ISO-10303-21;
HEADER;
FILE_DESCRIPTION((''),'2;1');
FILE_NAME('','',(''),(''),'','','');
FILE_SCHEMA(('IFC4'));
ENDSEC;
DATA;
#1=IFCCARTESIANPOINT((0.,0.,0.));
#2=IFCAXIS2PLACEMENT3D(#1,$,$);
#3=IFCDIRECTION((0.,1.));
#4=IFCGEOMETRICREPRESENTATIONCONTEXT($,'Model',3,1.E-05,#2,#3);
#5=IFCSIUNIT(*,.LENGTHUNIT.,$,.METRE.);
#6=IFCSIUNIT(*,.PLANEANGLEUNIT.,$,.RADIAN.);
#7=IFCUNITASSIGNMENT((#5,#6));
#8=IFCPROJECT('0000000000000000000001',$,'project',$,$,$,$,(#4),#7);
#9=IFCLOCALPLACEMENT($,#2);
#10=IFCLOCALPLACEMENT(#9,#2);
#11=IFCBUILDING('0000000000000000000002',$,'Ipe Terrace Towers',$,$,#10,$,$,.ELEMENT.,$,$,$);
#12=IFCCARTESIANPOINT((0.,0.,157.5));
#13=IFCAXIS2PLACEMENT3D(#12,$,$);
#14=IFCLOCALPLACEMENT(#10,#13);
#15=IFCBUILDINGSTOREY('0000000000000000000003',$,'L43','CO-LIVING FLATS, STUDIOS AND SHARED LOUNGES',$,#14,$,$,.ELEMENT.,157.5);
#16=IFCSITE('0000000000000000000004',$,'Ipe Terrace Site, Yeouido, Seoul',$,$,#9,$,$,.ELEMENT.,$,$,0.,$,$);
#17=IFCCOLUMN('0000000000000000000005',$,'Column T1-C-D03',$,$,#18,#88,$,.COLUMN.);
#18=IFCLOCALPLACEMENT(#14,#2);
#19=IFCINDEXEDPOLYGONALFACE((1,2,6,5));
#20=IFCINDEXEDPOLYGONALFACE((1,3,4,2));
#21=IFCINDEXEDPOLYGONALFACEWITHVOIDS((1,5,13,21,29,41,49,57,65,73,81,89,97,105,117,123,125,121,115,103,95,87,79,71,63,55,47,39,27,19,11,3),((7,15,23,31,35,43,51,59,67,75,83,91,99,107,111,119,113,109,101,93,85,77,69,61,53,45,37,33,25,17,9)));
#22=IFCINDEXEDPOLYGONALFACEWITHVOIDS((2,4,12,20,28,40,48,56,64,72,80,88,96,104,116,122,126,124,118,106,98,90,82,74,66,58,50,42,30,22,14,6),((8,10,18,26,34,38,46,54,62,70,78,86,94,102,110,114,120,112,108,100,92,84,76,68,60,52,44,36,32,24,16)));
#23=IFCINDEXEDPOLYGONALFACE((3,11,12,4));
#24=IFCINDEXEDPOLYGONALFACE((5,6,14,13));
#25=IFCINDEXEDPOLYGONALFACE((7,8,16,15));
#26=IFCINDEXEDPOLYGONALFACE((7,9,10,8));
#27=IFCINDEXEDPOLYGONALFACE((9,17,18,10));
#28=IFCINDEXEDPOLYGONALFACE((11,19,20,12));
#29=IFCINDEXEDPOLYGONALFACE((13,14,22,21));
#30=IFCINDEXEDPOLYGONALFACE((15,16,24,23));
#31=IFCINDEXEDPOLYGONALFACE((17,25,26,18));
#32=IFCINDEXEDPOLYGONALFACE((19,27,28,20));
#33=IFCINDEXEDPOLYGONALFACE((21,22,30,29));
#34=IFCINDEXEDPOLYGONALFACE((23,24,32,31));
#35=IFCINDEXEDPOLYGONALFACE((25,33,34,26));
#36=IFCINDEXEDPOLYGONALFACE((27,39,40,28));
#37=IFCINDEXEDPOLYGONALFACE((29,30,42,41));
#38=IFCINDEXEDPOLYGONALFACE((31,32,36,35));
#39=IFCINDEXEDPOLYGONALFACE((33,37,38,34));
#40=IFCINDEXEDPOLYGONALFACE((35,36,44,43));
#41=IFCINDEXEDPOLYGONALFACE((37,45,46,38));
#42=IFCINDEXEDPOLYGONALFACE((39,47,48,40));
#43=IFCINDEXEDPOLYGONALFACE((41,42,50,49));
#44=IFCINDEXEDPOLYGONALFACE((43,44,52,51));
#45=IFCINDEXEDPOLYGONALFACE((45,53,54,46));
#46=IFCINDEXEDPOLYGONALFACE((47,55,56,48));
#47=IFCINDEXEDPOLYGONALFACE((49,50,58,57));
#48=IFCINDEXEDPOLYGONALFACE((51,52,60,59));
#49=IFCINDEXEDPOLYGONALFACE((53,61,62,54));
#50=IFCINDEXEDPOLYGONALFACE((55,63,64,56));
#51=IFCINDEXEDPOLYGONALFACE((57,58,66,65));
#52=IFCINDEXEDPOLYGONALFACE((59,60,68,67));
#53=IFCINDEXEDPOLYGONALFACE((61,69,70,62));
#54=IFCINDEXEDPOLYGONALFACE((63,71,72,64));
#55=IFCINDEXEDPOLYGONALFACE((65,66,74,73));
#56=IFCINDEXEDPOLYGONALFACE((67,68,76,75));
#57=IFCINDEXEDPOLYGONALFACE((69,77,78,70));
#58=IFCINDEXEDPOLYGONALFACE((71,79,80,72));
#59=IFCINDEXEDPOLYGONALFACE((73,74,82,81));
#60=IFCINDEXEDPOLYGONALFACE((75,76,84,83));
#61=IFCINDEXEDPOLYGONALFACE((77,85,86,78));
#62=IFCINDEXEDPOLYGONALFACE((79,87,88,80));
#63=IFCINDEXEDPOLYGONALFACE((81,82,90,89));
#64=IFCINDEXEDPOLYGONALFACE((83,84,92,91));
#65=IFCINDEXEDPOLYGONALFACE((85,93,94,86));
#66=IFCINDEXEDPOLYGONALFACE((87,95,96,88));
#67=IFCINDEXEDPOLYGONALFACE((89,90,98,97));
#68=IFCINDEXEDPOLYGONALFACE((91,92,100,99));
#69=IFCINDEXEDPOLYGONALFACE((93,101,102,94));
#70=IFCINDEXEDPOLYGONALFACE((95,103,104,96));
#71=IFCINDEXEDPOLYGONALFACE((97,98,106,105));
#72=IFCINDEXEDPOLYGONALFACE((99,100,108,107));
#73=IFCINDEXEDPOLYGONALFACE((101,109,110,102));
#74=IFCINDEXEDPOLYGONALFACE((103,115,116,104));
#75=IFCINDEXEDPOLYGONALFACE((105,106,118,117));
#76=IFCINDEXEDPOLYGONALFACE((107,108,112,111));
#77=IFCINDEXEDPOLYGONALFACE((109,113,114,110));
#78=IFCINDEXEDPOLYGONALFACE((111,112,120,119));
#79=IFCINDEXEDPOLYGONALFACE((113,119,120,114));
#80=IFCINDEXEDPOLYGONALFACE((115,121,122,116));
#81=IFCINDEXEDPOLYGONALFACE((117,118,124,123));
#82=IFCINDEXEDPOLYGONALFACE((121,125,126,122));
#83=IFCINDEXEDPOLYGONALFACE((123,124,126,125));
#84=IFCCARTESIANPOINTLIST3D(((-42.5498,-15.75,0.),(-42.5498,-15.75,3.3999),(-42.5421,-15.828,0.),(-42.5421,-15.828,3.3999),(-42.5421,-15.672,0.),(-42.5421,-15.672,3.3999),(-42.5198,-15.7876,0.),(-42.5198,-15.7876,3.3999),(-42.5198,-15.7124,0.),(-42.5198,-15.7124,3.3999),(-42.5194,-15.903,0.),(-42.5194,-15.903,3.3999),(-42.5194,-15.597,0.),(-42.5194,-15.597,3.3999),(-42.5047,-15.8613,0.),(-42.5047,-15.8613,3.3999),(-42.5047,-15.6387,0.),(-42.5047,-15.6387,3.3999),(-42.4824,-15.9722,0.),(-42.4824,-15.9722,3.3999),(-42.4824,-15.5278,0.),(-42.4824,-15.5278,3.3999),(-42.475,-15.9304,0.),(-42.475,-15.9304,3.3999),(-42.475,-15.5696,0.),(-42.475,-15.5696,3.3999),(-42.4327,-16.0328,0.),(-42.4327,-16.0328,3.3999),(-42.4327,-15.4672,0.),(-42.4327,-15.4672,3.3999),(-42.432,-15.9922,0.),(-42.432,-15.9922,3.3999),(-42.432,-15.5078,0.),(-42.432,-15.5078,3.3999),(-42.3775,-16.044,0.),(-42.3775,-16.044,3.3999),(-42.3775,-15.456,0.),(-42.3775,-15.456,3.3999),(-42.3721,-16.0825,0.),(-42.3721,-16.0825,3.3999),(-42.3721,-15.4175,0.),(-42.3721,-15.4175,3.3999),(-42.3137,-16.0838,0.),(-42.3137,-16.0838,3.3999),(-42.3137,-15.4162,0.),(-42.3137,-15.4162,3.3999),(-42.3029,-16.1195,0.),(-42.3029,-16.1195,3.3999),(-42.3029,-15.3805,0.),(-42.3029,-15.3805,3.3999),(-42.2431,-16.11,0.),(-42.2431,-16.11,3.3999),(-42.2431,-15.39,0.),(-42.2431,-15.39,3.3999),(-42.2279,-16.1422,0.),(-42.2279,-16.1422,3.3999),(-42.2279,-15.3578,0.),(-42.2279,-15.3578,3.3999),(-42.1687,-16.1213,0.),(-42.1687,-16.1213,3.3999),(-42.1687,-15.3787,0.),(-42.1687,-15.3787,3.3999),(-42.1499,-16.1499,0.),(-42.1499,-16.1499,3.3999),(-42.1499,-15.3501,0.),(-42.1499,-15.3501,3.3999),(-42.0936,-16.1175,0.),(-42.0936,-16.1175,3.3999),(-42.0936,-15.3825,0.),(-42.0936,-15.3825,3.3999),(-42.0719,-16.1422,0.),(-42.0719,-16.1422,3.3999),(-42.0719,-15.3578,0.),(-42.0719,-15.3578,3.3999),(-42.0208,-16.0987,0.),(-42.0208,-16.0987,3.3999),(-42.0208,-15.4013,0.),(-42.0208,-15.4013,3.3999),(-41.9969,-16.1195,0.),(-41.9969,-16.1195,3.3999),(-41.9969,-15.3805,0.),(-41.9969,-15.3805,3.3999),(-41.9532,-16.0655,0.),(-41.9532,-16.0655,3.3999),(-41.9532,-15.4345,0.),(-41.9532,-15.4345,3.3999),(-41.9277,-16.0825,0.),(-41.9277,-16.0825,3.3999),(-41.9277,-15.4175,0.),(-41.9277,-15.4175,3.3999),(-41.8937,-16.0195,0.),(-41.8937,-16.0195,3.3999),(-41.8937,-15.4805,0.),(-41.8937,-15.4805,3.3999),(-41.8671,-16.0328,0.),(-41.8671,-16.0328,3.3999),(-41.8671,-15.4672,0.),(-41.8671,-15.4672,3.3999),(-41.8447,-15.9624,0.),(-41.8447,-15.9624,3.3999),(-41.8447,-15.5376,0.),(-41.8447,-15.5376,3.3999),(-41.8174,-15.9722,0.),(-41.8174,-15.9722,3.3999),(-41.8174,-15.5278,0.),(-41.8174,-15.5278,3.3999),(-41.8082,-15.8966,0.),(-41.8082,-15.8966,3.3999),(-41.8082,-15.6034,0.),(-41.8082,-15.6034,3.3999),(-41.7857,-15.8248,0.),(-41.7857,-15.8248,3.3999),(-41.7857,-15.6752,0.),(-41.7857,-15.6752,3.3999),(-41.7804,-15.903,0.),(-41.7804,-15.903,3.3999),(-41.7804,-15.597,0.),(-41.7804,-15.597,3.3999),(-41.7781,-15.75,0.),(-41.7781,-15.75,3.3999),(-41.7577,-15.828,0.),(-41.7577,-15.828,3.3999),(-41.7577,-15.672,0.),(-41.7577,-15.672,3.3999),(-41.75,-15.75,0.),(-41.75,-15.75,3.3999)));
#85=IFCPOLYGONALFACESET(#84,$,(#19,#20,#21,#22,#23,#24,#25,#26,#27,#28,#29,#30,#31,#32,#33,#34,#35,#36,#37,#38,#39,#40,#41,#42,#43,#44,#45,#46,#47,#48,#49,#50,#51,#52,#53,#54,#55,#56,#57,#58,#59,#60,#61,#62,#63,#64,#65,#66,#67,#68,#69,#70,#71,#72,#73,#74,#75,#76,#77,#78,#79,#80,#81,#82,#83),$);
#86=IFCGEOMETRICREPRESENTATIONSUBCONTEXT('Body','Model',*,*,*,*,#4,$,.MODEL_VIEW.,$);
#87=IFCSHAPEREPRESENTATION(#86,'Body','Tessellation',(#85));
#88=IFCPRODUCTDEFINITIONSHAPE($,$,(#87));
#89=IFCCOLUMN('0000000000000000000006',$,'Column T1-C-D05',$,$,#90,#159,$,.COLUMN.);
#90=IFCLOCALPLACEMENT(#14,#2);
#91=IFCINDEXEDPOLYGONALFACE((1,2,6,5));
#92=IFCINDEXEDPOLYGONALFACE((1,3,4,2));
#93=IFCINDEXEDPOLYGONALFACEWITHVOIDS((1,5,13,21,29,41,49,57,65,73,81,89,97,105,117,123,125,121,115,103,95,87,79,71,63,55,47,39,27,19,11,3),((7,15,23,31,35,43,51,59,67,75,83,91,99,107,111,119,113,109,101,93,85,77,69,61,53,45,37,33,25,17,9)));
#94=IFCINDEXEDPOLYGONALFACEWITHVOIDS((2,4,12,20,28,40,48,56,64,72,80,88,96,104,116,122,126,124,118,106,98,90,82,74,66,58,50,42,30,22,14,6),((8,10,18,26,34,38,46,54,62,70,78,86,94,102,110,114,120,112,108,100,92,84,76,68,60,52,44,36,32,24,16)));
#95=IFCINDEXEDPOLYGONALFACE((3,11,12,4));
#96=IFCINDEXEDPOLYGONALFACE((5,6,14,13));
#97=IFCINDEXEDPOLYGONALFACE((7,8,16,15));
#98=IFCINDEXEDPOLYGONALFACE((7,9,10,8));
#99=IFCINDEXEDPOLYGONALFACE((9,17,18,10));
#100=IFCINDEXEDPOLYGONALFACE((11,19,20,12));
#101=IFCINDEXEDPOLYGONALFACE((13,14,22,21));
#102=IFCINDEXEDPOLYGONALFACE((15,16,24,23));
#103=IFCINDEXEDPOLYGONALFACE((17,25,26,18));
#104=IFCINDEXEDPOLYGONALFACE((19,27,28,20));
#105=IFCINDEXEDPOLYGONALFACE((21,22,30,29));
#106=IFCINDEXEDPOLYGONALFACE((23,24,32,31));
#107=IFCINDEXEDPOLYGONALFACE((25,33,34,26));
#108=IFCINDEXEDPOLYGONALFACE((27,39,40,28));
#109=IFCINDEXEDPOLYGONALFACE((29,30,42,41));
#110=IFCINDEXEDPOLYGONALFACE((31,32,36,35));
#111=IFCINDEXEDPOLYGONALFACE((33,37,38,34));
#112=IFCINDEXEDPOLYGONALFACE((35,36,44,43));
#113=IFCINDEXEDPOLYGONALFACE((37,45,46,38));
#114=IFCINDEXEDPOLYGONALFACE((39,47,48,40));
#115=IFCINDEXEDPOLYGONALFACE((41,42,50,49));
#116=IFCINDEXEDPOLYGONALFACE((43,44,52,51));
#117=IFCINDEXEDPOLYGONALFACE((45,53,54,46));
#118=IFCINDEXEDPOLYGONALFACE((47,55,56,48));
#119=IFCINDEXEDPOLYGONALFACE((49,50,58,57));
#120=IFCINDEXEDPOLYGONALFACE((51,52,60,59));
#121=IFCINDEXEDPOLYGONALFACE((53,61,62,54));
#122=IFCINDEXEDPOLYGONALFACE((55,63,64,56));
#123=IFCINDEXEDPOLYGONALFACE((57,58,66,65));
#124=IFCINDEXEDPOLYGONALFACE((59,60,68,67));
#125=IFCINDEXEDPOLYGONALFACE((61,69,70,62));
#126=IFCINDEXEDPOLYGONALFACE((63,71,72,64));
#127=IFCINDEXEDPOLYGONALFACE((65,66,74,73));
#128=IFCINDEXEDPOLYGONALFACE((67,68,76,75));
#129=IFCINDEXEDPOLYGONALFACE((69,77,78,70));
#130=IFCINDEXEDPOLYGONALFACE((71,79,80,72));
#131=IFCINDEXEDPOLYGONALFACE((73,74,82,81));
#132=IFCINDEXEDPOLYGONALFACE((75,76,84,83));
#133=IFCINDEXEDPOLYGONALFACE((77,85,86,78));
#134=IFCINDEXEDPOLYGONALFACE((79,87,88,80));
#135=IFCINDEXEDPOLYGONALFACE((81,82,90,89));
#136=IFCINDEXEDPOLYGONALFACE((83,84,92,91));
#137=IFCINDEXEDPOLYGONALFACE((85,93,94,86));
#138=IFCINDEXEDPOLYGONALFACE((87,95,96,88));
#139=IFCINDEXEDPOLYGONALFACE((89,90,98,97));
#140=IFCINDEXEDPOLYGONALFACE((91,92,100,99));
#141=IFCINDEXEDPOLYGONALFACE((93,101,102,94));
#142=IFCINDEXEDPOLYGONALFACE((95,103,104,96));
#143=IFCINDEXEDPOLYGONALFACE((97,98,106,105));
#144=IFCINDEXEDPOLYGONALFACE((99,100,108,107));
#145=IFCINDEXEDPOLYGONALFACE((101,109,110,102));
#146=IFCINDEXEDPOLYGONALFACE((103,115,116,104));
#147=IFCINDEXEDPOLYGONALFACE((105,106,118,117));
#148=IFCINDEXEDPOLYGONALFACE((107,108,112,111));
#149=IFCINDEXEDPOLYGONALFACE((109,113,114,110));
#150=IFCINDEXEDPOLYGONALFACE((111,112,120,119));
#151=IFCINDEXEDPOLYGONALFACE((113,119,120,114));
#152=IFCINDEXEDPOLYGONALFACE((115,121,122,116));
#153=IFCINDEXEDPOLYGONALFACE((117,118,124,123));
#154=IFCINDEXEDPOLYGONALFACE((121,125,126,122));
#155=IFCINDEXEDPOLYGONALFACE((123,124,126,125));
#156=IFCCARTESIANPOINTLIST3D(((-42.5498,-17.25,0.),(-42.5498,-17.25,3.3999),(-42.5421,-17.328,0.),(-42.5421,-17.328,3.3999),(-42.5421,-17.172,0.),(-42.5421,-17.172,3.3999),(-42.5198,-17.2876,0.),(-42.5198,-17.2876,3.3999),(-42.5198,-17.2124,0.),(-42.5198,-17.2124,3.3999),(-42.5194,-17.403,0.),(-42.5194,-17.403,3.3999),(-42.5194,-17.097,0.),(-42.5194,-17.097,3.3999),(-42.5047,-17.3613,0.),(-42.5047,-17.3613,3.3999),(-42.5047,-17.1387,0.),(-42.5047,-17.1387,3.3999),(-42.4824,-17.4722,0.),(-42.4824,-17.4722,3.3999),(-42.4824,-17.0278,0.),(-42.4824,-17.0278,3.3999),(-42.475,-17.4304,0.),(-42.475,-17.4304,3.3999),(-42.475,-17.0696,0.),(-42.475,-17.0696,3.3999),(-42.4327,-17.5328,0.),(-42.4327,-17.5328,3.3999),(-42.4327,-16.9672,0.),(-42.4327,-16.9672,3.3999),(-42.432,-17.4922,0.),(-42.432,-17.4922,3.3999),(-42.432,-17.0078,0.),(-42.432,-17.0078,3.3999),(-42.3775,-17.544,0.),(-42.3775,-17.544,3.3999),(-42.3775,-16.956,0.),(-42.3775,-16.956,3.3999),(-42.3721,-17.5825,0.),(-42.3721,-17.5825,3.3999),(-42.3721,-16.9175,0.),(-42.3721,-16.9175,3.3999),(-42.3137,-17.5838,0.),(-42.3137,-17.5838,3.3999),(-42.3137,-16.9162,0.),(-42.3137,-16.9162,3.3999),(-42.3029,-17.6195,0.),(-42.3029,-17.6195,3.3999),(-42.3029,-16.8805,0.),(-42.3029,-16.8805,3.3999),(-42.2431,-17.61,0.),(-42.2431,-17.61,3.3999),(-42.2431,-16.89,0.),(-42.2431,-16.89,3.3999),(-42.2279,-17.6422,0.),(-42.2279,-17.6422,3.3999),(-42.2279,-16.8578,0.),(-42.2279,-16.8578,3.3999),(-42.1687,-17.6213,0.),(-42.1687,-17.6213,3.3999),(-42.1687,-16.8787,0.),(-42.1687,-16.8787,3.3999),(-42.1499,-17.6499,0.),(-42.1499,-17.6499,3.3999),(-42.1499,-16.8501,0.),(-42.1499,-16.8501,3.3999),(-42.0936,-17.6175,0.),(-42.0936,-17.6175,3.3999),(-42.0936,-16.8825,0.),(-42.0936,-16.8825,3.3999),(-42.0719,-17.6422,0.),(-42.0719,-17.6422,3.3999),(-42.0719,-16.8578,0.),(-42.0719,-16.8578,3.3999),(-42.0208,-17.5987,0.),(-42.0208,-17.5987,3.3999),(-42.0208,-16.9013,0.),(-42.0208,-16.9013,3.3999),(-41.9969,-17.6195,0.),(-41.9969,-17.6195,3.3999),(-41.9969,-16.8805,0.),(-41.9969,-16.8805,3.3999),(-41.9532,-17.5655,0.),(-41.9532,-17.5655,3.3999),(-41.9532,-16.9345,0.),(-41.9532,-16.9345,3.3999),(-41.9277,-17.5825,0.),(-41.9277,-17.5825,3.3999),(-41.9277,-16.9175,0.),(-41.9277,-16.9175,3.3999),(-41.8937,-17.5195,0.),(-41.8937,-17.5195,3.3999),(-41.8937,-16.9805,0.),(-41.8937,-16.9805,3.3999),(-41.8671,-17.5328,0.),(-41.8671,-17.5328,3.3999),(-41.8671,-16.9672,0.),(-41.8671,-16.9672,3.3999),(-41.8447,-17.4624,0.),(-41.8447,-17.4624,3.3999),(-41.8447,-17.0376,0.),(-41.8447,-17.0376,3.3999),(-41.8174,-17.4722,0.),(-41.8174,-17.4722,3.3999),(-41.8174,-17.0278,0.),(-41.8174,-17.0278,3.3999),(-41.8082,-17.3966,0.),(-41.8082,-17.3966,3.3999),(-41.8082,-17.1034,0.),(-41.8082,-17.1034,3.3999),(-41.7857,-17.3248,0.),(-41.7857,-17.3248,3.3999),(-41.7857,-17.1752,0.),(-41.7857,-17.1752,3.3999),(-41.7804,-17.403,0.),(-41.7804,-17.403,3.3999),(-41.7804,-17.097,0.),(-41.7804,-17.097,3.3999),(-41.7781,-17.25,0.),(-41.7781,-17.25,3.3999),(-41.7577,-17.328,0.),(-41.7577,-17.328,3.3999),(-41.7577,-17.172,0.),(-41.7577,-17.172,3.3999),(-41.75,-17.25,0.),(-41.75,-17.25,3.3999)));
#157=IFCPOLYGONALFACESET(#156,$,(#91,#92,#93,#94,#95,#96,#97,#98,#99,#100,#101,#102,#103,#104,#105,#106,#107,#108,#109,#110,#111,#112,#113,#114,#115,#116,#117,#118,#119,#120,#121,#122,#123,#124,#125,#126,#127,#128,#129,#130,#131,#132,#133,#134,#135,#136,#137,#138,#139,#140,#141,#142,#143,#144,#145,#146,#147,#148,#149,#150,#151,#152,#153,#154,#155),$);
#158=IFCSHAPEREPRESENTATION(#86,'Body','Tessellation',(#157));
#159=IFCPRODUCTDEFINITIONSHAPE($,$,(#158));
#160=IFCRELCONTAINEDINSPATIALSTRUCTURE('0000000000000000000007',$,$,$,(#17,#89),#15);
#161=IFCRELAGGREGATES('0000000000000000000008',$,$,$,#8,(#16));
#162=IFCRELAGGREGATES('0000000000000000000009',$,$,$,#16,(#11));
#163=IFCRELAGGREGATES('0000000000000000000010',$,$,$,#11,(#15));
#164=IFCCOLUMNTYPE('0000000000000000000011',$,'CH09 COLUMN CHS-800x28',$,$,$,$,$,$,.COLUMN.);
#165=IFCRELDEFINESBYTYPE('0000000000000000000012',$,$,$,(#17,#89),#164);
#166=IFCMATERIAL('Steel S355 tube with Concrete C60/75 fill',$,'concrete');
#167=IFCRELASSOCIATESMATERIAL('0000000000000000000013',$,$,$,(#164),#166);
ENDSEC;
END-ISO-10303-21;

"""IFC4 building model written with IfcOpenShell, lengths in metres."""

from ifc_helpers import new_model, si_unit, direction, frame, origin, origin_2d, place, context, subcontext, project, spatial, hollow_circle, extrude, material, material_profile, profile_set, type_object, element, save


model = new_model("IFC4")

# Units and contexts
model_context = context("Model", 3, precision=1e-05, world=origin(), true_north=direction((0.0, 1.0)))
body_context = subcontext(model_context, "Body", "Model", "MODEL_VIEW")
ifc_project = project(units=[si_unit("LENGTHUNIT", "METRE"), si_unit("PLANEANGLEUNIT", "RADIAN")], contexts=[model_context])

# Site, building, storey
site_placement = place(None, origin())
site = spatial("IfcSite", under=ifc_project, at=site_placement, Name="Ipe Terrace Site, Yeouido, Seoul", CompositionType="ELEMENT", RefElevation=0.0)
building_placement = place(site_placement, origin())
building = spatial("IfcBuilding", under=site, at=building_placement, Name="Ipe Terrace Towers", CompositionType="ELEMENT")
storey_placement = place(building_placement, frame((0.0, 0.0, 157.5)))
storey = spatial("IfcBuildingStorey", under=building, at=storey_placement, Name="L43", Description="CO-LIVING FLATS, STUDIOS AND SHARED LOUNGES", CompositionType="ELEMENT", Elevation=157.5)

# Columns
ifc_material_1 = material(Name="Steel S355 tube with Concrete C60/75 fill", Category="concrete")
ifc_material_profile_1 = material_profile(ifc_material_1, hollow_circle(Radius=0.3999, WallThickness=0.0281, at=origin_2d()), Name="CHS-800x28")
ifc_profile_set_1 = profile_set([ifc_material_profile_1], Name="Steel S355 tube with Concrete C60/75 fill")
column_type_1 = type_object("IfcColumnType", Name="CH09 COLUMN CHS-800x28", PredefinedType="COLUMN", material=ifc_profile_set_1)
for number, where, z_axis, x_axis, name in (
    (1, (-42.1499, -15.75, 0.0), (0.0, 0.0, 1.0), (1.0, 0.0, 0.0), "Column T1-C-D03"),
    (2, (-42.1499, -17.25, 0.0), (0.0, 0.0, 1.0), (1.0, 0.0, 0.0), "Column T1-C-D05"),
):
    element("IfcColumn", number, at=place(storey_placement, frame(where, z_axis=z_axis, x_axis=x_axis)), inside=storey, type_object=column_type_1, Name=name, PredefinedType="COLUMN", context=body_context, shape_type="SweptSolid", body=[
        extrude(hollow_circle(Radius=0.3999, WallThickness=0.0281, at=origin_2d()), origin(), (0.0, 0.0, 1.0), 3.3999),
    ])

save(model, "model.ifc")
